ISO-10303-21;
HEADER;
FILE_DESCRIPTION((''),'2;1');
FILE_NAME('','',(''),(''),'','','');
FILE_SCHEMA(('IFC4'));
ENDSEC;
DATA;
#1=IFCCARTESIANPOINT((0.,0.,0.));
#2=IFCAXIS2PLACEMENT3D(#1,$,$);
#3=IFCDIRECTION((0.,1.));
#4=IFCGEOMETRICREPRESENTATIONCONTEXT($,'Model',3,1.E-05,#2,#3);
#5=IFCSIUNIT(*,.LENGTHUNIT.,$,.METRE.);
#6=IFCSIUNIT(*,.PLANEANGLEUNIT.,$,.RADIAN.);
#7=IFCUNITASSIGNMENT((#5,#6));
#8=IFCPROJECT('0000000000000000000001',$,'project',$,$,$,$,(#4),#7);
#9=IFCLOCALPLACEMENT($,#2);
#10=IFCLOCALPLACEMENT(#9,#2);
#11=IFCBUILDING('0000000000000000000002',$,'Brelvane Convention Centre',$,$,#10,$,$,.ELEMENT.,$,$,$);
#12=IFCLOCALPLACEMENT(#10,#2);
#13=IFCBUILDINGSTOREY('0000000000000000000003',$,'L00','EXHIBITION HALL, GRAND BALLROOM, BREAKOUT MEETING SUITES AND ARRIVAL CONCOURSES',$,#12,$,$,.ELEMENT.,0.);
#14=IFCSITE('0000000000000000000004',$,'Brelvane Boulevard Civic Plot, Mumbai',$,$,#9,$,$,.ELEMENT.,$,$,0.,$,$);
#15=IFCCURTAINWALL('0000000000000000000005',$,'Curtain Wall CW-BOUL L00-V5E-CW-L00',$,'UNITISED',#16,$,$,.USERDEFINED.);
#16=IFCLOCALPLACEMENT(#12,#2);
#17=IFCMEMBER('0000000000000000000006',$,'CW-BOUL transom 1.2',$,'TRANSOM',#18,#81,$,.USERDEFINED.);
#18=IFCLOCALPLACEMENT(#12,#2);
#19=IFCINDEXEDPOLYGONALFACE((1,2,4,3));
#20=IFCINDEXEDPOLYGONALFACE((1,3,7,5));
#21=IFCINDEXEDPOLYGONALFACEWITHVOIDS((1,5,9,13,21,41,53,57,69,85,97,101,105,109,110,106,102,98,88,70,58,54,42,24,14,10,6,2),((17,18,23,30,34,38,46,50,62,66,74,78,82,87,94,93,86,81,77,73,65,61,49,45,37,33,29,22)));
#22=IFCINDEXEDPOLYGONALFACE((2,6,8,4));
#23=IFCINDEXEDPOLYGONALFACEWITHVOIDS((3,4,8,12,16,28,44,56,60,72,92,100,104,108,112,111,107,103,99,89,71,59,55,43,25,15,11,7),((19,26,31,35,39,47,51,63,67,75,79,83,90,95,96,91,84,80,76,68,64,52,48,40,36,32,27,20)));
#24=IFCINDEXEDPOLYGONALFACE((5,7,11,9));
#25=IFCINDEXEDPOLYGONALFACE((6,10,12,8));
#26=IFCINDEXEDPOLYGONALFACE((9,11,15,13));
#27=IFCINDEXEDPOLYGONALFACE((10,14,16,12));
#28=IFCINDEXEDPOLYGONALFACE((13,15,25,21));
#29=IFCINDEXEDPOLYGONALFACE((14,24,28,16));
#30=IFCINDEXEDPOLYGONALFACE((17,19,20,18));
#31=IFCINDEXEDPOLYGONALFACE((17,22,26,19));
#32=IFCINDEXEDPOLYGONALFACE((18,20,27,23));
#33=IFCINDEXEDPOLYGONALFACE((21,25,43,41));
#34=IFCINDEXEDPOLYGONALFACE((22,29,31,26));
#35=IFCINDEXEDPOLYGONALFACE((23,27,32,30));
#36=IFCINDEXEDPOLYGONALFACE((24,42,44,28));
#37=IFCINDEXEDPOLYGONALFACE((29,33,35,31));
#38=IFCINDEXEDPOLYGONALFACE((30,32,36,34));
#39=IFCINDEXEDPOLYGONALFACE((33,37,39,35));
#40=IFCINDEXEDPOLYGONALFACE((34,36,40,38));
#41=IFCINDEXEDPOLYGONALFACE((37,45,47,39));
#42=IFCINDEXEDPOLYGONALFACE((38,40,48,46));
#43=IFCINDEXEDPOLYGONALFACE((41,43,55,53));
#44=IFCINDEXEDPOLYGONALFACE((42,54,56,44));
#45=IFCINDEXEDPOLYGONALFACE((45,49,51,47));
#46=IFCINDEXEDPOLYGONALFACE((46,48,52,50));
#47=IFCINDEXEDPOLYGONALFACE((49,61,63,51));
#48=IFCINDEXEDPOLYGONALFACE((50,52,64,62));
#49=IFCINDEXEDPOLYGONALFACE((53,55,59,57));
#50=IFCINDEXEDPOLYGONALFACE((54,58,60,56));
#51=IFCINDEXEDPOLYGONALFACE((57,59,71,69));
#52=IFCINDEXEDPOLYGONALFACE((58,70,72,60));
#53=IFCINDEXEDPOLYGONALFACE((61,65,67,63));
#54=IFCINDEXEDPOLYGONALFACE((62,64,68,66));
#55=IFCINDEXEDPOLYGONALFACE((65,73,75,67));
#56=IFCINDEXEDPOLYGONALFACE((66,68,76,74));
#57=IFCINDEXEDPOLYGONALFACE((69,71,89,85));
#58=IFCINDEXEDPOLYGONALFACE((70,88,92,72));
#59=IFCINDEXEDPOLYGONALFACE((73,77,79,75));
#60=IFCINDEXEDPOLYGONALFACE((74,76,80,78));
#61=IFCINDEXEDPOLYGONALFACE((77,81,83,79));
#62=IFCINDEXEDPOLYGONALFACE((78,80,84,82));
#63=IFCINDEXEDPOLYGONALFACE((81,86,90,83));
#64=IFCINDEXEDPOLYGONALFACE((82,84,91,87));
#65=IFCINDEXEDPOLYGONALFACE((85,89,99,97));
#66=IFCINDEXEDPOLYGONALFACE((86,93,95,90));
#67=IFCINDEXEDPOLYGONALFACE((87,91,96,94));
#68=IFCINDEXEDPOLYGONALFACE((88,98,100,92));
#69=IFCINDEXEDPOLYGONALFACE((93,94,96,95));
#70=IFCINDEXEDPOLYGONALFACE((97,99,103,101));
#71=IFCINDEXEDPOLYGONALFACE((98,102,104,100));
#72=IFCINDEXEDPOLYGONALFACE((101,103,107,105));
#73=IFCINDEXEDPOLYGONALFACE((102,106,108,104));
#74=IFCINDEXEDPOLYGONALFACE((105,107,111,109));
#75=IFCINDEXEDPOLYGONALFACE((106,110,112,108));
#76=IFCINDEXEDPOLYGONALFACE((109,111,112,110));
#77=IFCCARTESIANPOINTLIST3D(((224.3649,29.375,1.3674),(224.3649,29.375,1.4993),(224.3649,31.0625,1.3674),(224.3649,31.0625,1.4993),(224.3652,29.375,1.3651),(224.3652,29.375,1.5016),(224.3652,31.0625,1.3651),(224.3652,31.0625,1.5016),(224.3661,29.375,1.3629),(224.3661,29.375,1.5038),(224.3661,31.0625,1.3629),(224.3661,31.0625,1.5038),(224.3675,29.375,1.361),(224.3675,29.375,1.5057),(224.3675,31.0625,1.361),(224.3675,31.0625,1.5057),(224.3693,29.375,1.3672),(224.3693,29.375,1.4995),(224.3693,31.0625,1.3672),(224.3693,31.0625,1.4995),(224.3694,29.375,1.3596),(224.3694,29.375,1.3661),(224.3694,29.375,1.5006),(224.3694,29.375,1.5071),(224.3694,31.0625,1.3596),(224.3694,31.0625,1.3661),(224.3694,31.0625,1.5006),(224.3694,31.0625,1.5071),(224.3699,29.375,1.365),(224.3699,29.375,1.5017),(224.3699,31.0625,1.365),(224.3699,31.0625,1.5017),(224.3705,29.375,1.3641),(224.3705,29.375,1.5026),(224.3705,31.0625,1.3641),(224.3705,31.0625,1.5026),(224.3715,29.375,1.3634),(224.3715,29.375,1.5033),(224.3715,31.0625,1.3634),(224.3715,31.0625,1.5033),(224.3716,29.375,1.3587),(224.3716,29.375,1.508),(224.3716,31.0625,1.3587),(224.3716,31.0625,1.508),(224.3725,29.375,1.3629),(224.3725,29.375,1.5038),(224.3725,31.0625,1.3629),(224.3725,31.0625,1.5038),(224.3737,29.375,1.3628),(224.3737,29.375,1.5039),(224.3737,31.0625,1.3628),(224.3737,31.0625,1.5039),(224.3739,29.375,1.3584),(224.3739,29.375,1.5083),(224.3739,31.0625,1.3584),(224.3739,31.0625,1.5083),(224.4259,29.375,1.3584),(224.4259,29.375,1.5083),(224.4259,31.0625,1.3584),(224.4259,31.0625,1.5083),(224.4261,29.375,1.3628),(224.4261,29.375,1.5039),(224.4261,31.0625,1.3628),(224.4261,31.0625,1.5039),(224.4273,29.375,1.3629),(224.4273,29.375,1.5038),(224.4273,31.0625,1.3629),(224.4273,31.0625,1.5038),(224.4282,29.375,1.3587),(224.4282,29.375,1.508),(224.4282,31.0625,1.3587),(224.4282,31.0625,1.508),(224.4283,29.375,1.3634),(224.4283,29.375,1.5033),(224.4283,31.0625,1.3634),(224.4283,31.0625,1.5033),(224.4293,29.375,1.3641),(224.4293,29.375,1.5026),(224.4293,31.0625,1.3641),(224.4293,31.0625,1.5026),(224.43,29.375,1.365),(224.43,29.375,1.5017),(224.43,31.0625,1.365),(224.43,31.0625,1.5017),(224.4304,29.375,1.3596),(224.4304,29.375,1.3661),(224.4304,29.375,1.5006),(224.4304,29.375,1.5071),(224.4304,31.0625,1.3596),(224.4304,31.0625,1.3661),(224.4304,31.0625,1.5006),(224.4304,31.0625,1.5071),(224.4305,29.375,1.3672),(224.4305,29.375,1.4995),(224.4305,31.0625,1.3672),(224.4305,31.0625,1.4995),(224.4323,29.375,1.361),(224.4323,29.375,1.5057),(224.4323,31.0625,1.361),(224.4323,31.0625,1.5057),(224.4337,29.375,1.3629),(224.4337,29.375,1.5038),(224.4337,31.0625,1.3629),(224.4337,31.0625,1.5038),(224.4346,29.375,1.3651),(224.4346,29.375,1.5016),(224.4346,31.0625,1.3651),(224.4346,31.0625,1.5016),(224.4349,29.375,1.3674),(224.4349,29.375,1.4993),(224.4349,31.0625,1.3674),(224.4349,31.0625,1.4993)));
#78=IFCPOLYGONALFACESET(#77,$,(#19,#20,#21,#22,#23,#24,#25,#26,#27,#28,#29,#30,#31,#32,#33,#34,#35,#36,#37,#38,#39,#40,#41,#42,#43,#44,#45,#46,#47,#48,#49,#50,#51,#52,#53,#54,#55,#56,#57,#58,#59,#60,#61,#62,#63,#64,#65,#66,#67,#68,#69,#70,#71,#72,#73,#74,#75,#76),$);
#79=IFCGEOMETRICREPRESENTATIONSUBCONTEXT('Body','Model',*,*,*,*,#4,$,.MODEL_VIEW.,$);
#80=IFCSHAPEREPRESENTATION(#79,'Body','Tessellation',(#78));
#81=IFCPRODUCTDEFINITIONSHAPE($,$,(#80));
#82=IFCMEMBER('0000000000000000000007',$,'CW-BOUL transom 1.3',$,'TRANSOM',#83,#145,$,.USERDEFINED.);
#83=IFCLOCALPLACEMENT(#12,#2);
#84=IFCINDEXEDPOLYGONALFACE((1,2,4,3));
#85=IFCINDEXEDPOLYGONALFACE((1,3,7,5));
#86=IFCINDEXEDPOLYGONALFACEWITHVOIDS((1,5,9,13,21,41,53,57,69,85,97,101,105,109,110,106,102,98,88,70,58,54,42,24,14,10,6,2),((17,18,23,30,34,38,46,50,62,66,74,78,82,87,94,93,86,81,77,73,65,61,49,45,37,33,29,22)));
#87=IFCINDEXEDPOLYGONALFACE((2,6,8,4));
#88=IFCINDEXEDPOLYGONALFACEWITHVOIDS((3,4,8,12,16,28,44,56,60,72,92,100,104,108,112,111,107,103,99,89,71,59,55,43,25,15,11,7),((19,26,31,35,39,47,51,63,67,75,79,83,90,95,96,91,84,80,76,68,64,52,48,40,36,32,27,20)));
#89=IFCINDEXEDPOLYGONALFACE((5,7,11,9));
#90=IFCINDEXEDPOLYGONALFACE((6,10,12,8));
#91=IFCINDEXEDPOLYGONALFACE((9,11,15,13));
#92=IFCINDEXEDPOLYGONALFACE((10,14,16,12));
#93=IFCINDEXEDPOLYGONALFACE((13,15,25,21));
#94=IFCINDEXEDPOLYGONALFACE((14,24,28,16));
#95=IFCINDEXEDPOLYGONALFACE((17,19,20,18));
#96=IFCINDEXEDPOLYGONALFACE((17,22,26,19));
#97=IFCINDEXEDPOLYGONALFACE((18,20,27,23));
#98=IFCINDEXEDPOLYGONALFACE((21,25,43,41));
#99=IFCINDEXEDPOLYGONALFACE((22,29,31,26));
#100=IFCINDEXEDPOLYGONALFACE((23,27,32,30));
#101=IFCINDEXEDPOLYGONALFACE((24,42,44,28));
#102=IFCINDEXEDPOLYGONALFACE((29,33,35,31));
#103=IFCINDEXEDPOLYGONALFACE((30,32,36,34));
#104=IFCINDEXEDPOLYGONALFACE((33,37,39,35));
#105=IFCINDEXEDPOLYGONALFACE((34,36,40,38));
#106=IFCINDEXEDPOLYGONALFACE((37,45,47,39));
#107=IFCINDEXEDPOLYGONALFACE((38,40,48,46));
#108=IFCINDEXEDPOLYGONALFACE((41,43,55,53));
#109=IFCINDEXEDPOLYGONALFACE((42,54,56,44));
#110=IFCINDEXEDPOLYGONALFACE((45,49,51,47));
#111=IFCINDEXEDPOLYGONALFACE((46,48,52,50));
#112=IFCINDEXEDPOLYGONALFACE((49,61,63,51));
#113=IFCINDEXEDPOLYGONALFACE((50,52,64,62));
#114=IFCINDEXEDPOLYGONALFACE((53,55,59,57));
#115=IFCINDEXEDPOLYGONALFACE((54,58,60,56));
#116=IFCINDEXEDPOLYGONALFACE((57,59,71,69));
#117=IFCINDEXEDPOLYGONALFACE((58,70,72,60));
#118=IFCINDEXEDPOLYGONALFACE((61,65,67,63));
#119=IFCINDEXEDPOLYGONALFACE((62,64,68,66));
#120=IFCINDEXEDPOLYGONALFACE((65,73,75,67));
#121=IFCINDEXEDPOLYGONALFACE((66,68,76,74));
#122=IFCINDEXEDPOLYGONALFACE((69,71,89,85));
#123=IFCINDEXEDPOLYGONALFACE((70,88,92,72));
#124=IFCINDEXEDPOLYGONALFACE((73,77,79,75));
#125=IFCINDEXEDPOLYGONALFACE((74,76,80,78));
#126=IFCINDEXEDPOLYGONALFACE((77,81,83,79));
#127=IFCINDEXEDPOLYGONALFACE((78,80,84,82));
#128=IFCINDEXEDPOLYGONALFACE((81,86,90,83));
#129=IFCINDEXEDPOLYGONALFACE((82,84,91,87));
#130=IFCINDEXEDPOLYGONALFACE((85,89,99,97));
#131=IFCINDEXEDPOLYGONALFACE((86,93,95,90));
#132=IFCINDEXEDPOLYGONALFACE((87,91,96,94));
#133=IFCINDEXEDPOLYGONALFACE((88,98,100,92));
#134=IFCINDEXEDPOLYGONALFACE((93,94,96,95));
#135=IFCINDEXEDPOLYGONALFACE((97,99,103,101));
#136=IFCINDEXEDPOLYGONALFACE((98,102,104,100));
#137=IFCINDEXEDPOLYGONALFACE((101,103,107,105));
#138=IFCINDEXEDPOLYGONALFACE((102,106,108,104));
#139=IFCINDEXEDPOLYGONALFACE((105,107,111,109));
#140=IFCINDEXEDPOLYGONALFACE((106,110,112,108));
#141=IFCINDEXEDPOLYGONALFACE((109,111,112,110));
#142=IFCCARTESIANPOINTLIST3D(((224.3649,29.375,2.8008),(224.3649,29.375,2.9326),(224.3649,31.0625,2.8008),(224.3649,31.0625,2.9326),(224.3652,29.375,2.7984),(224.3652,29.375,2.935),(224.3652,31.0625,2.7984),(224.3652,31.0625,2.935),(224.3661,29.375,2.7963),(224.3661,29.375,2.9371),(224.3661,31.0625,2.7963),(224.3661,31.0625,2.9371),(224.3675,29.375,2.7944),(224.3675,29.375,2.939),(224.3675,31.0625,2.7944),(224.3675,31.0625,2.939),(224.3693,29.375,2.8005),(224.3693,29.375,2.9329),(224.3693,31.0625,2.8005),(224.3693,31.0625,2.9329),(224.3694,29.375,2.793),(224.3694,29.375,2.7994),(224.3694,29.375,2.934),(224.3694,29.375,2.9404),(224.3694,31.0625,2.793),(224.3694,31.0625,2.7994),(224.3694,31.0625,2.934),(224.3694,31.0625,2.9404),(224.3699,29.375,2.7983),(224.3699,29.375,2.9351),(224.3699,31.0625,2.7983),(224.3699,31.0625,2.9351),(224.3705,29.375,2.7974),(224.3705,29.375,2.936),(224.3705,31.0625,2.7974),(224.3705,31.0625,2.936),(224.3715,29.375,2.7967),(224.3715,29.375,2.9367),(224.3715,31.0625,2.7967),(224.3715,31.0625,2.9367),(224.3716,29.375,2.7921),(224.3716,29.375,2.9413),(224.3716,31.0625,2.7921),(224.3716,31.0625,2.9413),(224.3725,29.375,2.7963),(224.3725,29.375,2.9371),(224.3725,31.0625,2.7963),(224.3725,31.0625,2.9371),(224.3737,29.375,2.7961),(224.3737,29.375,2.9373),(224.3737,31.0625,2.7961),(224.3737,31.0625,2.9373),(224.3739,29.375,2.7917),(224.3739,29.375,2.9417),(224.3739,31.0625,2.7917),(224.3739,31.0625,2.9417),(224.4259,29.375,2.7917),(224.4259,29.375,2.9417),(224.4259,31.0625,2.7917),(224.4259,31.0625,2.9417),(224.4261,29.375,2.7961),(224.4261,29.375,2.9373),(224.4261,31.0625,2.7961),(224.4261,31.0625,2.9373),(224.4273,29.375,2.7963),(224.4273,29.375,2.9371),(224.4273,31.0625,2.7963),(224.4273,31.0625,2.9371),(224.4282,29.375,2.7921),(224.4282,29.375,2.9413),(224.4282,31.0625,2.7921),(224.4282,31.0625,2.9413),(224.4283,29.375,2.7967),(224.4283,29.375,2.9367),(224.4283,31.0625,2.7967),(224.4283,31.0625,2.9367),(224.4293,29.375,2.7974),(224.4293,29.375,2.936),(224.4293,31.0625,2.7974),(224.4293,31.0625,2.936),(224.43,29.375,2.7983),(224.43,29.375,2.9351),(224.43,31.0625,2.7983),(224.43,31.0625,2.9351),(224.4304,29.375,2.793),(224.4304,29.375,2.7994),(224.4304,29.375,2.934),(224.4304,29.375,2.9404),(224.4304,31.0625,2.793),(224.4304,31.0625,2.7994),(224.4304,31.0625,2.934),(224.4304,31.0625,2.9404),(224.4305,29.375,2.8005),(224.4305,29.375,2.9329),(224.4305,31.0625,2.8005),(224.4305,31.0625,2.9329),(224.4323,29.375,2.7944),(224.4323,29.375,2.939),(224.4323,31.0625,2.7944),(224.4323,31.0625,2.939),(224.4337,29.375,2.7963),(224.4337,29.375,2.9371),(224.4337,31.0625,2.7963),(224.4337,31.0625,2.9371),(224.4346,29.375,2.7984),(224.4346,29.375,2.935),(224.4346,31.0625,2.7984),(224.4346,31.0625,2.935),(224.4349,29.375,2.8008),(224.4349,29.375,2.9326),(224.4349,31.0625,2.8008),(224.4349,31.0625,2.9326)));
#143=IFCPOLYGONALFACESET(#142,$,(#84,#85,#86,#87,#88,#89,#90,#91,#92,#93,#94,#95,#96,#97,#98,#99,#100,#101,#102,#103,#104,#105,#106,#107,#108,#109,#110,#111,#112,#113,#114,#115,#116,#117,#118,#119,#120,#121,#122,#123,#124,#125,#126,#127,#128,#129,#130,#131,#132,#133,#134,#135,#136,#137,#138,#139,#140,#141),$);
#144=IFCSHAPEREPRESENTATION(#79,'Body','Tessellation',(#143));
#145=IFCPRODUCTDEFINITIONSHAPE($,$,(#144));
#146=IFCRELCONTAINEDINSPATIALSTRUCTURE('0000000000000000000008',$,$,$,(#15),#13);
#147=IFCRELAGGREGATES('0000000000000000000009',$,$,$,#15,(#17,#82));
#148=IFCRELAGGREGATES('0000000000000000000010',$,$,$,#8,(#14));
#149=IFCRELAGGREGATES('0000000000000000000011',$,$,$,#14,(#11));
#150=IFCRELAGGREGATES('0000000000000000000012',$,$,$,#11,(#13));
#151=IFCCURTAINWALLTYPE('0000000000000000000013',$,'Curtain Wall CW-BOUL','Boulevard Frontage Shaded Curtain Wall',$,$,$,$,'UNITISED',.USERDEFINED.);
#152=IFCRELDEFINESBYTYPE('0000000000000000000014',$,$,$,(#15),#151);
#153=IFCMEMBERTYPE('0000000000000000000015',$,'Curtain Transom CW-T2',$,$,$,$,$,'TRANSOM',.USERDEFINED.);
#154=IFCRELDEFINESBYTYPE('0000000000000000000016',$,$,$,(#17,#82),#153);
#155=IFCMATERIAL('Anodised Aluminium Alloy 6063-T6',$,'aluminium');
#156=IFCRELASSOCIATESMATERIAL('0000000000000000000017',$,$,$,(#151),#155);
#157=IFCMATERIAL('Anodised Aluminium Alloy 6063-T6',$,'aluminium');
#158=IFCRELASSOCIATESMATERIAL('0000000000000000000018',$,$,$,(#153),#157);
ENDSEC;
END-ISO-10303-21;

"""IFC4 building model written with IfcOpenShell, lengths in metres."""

from ifc_helpers import new_model, si_unit, direction, frame, origin, origin_2d, place, context, subcontext, project, spatial, hollow_rectangle, extrude, material, material_profile, profile_set, type_object, element, aggregate, save


model = new_model("IFC4")

# Units and contexts
model_context = context("Model", 3, precision=1e-05, world=origin(), true_north=direction((0.0, 1.0)))
body_context = subcontext(model_context, "Body", "Model", "MODEL_VIEW")
ifc_project = project(units=[si_unit("LENGTHUNIT", "METRE"), si_unit("PLANEANGLEUNIT", "RADIAN")], contexts=[model_context])

# Site, building, storey
site_placement = place(None, origin())
site = spatial("IfcSite", under=ifc_project, at=site_placement, Name="Brelvane Boulevard Civic Plot, Mumbai", CompositionType="ELEMENT", RefElevation=0.0)
building_placement = place(site_placement, origin())
building = spatial("IfcBuilding", under=site, at=building_placement, Name="Brelvane Convention Centre", CompositionType="ELEMENT")
storey_placement = place(building_placement, origin())
storey = spatial("IfcBuildingStorey", under=building, at=storey_placement, Name="L00", Description="EXHIBITION HALL, GRAND BALLROOM, BREAKOUT MEETING SUITES AND ARRIVAL CONCOURSES", CompositionType="ELEMENT", Elevation=0.0)

# Curtain wall, members
ifc_material_1 = material(Name="Anodised Aluminium Alloy 6063-T6", Category="aluminium")
curtain_wall_type = type_object("IfcCurtainWallType", Name="Curtain Wall CW-BOUL", Description="Boulevard Frontage Shaded Curtain Wall", ElementType="UNITISED", PredefinedType="USERDEFINED", material=ifc_material_1)
curtain_wall_placement = place(storey_placement, origin())
curtain_wall = element("IfcCurtainWall", 1, at=curtain_wall_placement, inside=storey, type_object=curtain_wall_type, Name="Curtain Wall CW-BOUL L00-V5E-CW-L00", ObjectType="UNITISED", PredefinedType="USERDEFINED")
ifc_material_2 = material(Name="Anodised Aluminium Alloy 6063-T6", Category="aluminium")
ifc_material_profile_1 = material_profile(ifc_material_2, hollow_rectangle(XDim=0.0701, YDim=0.1499, WallThickness=0.0044, InnerFilletRadius=0.0044, OuterFilletRadius=0.009, at=origin_2d()), Name="ALU-T 150x70x4.5")
ifc_profile_set_1 = profile_set([ifc_material_profile_1], Name="Anodised Aluminium Alloy 6063-T6")
member_type_1 = type_object("IfcMemberType", Name="Curtain Transom CW-T2", ElementType="TRANSOM", PredefinedType="USERDEFINED", material=ifc_profile_set_1)
member_1_placement = place(storey_placement, frame((224.3999, 29.375, 1.4333), z_axis=(0.0, 1.0, 0.0), x_axis=(-1.0, 0.0, 0.0)))
member_1 = element("IfcMember", 2, at=member_1_placement, type_object=member_type_1, Name="CW-BOUL transom 1.2", ObjectType="TRANSOM", PredefinedType="USERDEFINED", context=body_context, shape_type="SweptSolid", body=[
    extrude(hollow_rectangle(XDim=0.0701, YDim=0.1499, WallThickness=0.0044, InnerFilletRadius=0.0044, OuterFilletRadius=0.009, at=origin_2d()), origin(), (0.0, 0.0, 1.0), 1.6875),
])
member_2_placement = place(storey_placement, frame((224.3999, 29.375, 2.8667), z_axis=(0.0, 1.0, 0.0), x_axis=(-1.0, 0.0, 0.0)))
member_2 = element("IfcMember", 3, at=member_2_placement, type_object=member_type_1, Name="CW-BOUL transom 1.3", ObjectType="TRANSOM", PredefinedType="USERDEFINED", context=body_context, shape_type="SweptSolid", body=[
    extrude(hollow_rectangle(XDim=0.0701, YDim=0.1499, WallThickness=0.0044, InnerFilletRadius=0.0044, OuterFilletRadius=0.009, at=origin_2d()), origin(), (0.0, 0.0, 1.0), 1.6875),
])

aggregate(curtain_wall, [member_1, member_2])

save(model, "model.ifc")
